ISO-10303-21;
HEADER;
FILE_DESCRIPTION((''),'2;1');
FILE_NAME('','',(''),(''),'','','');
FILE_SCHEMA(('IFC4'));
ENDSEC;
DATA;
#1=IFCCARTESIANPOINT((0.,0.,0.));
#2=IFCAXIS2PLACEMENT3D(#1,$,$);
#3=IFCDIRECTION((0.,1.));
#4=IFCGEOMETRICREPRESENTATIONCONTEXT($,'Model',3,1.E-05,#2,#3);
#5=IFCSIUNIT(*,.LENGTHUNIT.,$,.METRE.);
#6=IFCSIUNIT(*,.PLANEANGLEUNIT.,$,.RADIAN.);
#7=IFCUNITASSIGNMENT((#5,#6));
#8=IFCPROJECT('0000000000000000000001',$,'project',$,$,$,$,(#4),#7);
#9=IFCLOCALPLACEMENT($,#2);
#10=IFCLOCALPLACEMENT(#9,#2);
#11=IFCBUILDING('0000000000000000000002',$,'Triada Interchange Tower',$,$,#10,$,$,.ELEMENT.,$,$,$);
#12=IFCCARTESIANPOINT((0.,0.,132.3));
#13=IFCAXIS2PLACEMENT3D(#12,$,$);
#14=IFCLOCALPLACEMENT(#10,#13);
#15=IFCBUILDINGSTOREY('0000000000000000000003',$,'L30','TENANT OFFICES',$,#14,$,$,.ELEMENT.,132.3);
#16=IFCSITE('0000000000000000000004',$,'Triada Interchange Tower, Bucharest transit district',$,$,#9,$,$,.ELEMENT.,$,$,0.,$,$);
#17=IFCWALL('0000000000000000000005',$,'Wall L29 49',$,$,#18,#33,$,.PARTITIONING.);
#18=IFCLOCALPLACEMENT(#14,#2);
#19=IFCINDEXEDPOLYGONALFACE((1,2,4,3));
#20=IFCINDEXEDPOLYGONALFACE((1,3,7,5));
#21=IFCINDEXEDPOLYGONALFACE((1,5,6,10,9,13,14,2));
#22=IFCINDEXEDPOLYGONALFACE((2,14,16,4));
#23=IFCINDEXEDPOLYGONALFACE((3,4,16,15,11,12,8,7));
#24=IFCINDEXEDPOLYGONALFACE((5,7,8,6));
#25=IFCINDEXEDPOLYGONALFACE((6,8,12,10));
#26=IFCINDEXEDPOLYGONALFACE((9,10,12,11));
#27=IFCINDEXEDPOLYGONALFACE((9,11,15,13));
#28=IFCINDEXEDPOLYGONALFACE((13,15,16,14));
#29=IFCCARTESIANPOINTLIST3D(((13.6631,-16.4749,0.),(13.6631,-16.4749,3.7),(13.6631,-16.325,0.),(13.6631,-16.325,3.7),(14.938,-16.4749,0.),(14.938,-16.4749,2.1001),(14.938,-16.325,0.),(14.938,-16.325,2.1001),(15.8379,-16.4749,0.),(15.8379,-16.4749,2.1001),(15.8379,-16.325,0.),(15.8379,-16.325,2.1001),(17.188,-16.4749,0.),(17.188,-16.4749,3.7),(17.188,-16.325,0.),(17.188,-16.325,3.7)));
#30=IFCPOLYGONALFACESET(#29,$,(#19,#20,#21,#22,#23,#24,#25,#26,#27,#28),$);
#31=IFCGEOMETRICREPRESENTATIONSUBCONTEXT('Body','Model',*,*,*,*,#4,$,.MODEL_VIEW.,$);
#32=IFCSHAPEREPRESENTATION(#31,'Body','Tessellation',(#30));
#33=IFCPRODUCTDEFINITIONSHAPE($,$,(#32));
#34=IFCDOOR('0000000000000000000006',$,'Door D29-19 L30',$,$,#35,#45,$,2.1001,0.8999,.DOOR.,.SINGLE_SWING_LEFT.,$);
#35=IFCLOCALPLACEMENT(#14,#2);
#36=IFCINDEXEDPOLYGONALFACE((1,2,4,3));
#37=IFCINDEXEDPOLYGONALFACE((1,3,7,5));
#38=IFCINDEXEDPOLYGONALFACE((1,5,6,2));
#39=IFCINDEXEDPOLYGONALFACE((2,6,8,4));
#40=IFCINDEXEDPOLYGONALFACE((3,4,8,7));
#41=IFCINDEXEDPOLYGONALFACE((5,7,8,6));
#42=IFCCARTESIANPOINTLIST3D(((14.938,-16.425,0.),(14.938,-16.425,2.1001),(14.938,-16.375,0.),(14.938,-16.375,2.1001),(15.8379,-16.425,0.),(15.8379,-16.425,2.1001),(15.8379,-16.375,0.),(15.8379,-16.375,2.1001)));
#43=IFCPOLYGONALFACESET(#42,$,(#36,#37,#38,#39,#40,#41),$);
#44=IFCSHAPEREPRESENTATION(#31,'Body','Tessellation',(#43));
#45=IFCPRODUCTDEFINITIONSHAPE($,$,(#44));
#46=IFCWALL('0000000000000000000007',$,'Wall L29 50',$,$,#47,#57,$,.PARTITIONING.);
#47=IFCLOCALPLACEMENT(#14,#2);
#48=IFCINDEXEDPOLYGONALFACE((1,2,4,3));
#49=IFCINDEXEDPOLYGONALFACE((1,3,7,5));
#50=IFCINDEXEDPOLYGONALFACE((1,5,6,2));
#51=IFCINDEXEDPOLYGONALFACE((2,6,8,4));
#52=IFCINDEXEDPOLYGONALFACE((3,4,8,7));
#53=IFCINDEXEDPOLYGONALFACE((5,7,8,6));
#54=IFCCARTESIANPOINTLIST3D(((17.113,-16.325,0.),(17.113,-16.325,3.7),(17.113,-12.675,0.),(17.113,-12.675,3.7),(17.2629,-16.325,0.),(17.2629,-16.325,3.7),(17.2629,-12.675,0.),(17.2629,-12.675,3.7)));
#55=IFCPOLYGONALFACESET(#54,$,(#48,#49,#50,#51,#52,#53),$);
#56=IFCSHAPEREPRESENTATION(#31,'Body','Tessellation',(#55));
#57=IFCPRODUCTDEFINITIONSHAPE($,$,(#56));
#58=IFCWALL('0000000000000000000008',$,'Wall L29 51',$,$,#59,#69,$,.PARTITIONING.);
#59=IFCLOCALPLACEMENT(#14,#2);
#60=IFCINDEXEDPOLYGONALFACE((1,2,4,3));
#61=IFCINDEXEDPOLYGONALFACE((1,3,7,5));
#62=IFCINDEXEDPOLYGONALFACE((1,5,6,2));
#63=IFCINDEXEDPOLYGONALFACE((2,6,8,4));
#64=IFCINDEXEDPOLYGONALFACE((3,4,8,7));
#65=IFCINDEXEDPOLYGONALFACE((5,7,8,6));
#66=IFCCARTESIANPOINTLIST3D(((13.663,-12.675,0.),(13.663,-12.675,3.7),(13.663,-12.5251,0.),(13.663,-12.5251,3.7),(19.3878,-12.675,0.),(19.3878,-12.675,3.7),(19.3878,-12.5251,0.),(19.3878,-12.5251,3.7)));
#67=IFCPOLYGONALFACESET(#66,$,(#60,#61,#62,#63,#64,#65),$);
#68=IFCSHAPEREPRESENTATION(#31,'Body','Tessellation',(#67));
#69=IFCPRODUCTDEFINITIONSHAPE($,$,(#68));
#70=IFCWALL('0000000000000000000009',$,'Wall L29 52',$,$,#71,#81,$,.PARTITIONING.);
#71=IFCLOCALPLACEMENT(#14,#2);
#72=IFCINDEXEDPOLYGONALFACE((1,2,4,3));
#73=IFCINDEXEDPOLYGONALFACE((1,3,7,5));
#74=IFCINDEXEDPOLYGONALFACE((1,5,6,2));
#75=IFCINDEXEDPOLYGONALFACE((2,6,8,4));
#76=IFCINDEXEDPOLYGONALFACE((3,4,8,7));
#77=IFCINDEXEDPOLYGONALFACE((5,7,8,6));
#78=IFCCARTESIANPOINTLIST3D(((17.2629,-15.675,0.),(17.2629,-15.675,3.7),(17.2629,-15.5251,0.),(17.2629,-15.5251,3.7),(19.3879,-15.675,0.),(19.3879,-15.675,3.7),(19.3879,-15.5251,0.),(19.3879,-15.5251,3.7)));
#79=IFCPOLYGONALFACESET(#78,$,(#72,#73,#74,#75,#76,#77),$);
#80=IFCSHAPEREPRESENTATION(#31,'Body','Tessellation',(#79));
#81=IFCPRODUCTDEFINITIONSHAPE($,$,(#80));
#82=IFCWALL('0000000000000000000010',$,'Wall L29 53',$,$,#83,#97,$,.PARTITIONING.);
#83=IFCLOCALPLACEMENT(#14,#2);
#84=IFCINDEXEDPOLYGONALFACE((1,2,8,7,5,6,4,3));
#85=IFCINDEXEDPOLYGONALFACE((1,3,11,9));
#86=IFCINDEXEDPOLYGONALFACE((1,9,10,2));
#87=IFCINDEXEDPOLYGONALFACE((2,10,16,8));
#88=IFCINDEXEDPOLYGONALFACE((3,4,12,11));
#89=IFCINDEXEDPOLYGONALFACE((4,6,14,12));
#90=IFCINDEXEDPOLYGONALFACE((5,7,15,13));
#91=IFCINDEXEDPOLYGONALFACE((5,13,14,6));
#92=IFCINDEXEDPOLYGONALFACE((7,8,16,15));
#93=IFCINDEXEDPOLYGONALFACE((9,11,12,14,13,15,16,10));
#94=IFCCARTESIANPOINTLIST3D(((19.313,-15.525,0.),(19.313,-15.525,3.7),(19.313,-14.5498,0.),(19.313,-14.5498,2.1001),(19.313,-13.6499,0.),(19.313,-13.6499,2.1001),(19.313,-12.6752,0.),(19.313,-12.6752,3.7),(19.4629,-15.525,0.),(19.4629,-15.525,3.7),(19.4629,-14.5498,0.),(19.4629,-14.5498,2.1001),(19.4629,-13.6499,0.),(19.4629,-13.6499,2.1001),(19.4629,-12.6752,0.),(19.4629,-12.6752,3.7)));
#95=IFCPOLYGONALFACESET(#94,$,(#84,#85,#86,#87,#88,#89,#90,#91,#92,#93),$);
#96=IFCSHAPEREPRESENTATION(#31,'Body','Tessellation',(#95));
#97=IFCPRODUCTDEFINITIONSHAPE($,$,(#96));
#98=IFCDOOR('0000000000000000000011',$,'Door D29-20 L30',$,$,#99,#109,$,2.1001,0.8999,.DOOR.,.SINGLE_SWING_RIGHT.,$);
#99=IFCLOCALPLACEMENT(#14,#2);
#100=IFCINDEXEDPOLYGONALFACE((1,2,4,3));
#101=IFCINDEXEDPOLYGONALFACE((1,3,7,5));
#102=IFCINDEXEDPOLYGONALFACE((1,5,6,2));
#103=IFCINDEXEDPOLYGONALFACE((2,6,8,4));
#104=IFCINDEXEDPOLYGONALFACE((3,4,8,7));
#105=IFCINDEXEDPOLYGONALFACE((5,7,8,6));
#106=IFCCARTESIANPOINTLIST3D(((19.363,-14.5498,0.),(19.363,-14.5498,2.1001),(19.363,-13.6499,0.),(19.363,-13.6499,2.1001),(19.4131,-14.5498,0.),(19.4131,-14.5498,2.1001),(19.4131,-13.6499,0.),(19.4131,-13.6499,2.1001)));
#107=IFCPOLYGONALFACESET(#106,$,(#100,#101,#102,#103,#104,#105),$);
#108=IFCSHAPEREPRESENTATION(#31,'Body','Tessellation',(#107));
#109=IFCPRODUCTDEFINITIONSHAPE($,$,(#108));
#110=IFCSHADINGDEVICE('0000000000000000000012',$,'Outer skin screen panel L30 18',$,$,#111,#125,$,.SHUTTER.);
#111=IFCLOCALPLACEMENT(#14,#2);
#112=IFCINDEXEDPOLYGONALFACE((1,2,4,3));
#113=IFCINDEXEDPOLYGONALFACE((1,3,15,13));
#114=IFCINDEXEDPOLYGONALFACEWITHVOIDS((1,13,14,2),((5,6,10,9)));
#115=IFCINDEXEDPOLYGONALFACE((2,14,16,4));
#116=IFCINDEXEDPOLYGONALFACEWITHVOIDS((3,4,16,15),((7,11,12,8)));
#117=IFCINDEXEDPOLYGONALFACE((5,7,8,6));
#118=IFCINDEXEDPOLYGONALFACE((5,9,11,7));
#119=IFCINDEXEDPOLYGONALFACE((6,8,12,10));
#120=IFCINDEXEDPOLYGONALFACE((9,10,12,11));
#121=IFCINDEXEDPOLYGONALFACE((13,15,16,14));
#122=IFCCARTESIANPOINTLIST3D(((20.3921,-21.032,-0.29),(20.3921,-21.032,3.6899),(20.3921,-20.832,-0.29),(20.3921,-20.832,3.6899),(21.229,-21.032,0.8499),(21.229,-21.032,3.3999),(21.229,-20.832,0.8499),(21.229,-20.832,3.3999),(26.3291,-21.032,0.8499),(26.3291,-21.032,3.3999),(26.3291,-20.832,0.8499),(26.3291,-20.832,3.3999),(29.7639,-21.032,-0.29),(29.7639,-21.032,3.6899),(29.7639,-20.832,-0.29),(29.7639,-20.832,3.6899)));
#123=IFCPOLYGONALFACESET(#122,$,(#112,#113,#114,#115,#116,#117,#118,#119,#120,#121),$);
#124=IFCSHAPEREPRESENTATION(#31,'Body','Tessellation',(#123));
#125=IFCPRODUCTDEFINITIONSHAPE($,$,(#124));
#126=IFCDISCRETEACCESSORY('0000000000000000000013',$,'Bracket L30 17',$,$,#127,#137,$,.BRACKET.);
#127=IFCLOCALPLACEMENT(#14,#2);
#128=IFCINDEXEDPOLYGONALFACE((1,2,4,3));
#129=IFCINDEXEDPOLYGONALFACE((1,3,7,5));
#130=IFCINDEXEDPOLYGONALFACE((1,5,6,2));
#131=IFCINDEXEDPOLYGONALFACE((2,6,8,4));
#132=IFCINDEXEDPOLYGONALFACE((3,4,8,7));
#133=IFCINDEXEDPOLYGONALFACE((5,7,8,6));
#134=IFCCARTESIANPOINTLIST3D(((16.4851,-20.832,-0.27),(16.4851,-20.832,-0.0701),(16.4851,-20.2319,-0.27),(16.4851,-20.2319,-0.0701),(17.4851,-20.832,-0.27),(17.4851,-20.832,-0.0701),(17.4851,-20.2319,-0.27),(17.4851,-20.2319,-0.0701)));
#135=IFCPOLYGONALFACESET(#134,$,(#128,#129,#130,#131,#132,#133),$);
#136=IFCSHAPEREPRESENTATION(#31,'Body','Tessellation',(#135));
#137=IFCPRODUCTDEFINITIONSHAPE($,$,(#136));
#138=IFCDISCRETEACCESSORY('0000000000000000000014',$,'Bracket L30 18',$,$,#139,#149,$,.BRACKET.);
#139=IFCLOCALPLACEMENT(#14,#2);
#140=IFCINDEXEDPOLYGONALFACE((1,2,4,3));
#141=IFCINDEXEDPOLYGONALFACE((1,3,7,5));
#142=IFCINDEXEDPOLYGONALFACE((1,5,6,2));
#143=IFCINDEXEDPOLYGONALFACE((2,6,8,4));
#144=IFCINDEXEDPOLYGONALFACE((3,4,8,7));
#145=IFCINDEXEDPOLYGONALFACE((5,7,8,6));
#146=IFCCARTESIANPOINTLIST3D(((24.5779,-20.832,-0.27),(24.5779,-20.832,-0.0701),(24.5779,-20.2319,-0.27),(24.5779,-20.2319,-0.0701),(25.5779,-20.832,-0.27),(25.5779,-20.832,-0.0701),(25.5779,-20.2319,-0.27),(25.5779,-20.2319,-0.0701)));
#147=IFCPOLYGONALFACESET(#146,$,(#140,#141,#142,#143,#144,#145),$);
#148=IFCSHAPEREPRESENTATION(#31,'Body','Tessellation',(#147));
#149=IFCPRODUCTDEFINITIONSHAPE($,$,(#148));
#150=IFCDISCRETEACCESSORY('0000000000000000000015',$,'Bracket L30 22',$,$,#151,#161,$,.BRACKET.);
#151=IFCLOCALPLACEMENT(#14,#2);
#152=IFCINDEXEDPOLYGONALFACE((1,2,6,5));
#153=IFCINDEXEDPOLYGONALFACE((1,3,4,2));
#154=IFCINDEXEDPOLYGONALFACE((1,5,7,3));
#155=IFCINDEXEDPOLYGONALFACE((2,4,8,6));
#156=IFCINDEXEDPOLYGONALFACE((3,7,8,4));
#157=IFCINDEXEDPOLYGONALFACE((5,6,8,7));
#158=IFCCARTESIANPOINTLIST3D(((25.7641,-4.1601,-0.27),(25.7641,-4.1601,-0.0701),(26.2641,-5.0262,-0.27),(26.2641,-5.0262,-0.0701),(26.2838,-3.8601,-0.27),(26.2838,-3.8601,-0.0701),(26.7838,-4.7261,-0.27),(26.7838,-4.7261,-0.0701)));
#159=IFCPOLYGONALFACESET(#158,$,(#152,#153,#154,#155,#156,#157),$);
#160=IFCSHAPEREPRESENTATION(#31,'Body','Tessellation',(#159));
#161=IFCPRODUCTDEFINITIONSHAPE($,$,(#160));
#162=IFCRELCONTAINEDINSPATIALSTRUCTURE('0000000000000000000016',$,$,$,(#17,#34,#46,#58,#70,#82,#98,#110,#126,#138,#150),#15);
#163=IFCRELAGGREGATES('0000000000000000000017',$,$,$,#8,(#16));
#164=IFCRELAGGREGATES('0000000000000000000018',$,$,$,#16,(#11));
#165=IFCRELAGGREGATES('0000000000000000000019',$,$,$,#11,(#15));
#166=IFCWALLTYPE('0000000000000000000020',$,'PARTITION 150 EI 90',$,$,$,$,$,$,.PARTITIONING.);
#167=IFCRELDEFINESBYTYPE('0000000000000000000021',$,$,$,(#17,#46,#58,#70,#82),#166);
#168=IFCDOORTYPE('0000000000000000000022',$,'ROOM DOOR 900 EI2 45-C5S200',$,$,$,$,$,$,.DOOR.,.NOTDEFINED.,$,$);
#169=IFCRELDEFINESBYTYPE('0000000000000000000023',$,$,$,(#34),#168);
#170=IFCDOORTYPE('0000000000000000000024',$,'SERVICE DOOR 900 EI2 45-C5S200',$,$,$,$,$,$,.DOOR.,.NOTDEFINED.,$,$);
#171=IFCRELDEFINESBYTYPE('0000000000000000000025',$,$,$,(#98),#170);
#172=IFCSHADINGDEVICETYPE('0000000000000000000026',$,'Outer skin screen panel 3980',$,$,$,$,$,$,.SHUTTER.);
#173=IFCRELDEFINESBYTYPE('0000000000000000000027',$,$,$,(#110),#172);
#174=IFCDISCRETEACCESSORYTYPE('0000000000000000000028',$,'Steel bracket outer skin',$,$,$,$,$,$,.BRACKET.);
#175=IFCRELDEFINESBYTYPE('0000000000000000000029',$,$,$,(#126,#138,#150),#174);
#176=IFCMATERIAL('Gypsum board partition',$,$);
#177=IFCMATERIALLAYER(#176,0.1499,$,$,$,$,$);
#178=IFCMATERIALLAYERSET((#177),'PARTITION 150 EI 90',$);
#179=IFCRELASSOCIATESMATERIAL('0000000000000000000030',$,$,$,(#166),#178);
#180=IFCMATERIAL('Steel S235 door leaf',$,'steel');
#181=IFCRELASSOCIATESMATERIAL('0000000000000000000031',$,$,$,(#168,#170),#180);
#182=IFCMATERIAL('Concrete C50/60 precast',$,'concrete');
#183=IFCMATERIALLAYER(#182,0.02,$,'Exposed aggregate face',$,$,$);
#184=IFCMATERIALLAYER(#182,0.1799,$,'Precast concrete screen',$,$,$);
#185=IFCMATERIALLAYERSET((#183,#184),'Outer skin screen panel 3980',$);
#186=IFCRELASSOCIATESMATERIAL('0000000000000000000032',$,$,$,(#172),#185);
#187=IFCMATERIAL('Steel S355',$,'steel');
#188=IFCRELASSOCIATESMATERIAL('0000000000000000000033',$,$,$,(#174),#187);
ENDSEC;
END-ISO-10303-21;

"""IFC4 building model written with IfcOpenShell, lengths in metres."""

from ifc_helpers import new_model, si_unit, direction, frame, frame_2d, origin, origin_2d, place, context, subcontext, project, spatial, polyline, rectangle, outline, extrude, material, layer, layer_set, type_object, element, fill, save


model = new_model("IFC4")

# Units and contexts
model_context = context("Model", 3, precision=1e-05, world=origin(), true_north=direction((0.0, 1.0)))
body_context = subcontext(model_context, "Body", "Model", "MODEL_VIEW")
ifc_project = project(units=[si_unit("LENGTHUNIT", "METRE"), si_unit("PLANEANGLEUNIT", "RADIAN")], contexts=[model_context])

# Site, building, storey
site_placement = place(None, origin())
site = spatial("IfcSite", under=ifc_project, at=site_placement, Name="Triada Interchange Tower, Bucharest transit district", CompositionType="ELEMENT", RefElevation=0.0)
building_placement = place(site_placement, origin())
building = spatial("IfcBuilding", under=site, at=building_placement, Name="Triada Interchange Tower", CompositionType="ELEMENT")
storey_placement = place(building_placement, frame((0.0, 0.0, 132.3)))
storey = spatial("IfcBuildingStorey", under=building, at=storey_placement, Name="L30", Description="TENANT OFFICES", CompositionType="ELEMENT", Elevation=132.3)

# Shared definitions
ifc_material_1 = material(Name="Gypsum board partition")

# Wall, opening, door
ifc_layer_1 = layer(ifc_material_1, 0.1499)
ifc_layer_set_1 = layer_set([ifc_layer_1], Name="PARTITION 150 EI 90")
wall_type_1 = type_object("IfcWallType", Name="PARTITION 150 EI 90", PredefinedType="PARTITIONING", material=ifc_layer_set_1)
wall_1_placement = place(storey_placement, frame((13.6631, -16.3999, 0.0), z_axis=(0.0, 0.0, 1.0), x_axis=(1.0, 0.0, 0.0)))
wall_1 = element("IfcWall", 1, at=wall_1_placement, inside=storey, type_object=wall_type_1, Name="Wall L29 49", PredefinedType="PARTITIONING", context=body_context, shape_type="SweptSolid", body=[
    extrude(rectangle(XDim=3.5249, YDim=0.1499, at=frame_2d((1.7625, 0.0))), origin(), (0.0, 0.0, 1.0), 3.7),
])
opening_1_placement = place(wall_1_placement, frame((1.2749, 0.0, 0.0)))
opening_1 = element("IfcOpeningElement", 2, at=opening_1_placement, cuts=wall_1, PredefinedType="OPENING", context=body_context, shape_type="SweptSolid", body=[
    extrude(rectangle(XDim=0.8999, YDim=2.1001, at=frame_2d((0.45, 1.05))), frame((0.0, 0.085, 0.0), z_axis=(0.0, -1.0, 0.0), x_axis=(1.0, 0.0, 0.0)), (0.0, 0.0, 1.0), 0.1699),
])
ifc_material_2 = material(Name="Steel S235 door leaf", Category="steel")
door_type_1 = type_object("IfcDoorType", Name="ROOM DOOR 900 EI2 45-C5S200", OperationType="NOTDEFINED", PredefinedType="DOOR", material=ifc_material_2)
door_1_placement = place(opening_1_placement, origin())
door_1 = element("IfcDoor", 3, at=door_1_placement, inside=storey, type_object=door_type_1, Name="Door D29-19 L30", OperationType="SINGLE_SWING_LEFT", OverallHeight=2.1001, OverallWidth=0.8999, PredefinedType="DOOR", context=body_context, shape_type="SweptSolid", body=[
    extrude(rectangle(XDim=0.8999, YDim=2.1001, at=frame_2d((0.45, 1.05))), frame((0.0, 0.0249, 0.0), z_axis=(0.0, -1.0, 0.0), x_axis=(1.0, 0.0, 0.0)), (0.0, 0.0, 1.0), 0.05),
])
fill(opening_1, door_1)

# Walls
wall_2_placement = place(storey_placement, frame((17.188, -16.325, 0.0), z_axis=(0.0, 0.0, 1.0), x_axis=(0.0, 1.0, 0.0)))
element("IfcWall", 4, at=wall_2_placement, inside=storey, type_object=wall_type_1, Name="Wall L29 50", PredefinedType="PARTITIONING", context=body_context, shape_type="SweptSolid", body=[
    extrude(rectangle(XDim=3.6499, YDim=0.1499, at=frame_2d((1.825, 0.0))), origin(), (0.0, 0.0, 1.0), 3.7),
])
wall_3_placement = place(storey_placement, frame((13.6631, -12.6001, 0.0), z_axis=(0.0, 0.0, 1.0), x_axis=(1.0, 0.0, 0.0)))
element("IfcWall", 5, at=wall_3_placement, inside=storey, type_object=wall_type_1, Name="Wall L29 51", PredefinedType="PARTITIONING", context=body_context, shape_type="SweptSolid", body=[
    extrude(rectangle(XDim=5.7249, YDim=0.1499, at=frame_2d((2.8623, 0.0))), origin(), (0.0, 0.0, 1.0), 3.7),
])
wall_4_placement = place(storey_placement, frame((17.2629, -15.6001, 0.0), z_axis=(0.0, 0.0, 1.0), x_axis=(1.0, 0.0, 0.0)))
element("IfcWall", 6, at=wall_4_placement, inside=storey, type_object=wall_type_1, Name="Wall L29 52", PredefinedType="PARTITIONING", context=body_context, shape_type="SweptSolid", body=[
    extrude(rectangle(XDim=2.125, YDim=0.1499, at=frame_2d((1.0625, 0.0))), origin(), (0.0, 0.0, 1.0), 3.7),
])

# Wall, opening, door
wall_5_placement = place(storey_placement, frame((19.3879, -15.5249, 0.0), z_axis=(0.0, 0.0, 1.0), x_axis=(0.0, 1.0, 0.0)))
wall_5 = element("IfcWall", 7, at=wall_5_placement, inside=storey, type_object=wall_type_1, Name="Wall L29 53", PredefinedType="PARTITIONING", context=body_context, shape_type="SweptSolid", body=[
    extrude(rectangle(XDim=2.8499, YDim=0.1499, at=frame_2d((1.4248, 0.0))), origin(), (0.0, 0.0, 1.0), 3.7),
])
opening_2_placement = place(wall_5_placement, frame((0.9751, 0.0, 0.0)))
opening_2 = element("IfcOpeningElement", 8, at=opening_2_placement, cuts=wall_5, PredefinedType="OPENING", context=body_context, shape_type="SweptSolid", body=[
    extrude(rectangle(XDim=0.8999, YDim=2.1001, at=frame_2d((0.45, 1.05))), frame((0.0, 0.085, 0.0), z_axis=(0.0, -1.0, 0.0), x_axis=(1.0, 0.0, 0.0)), (0.0, 0.0, 1.0), 0.1699),
])
door_type_2 = type_object("IfcDoorType", Name="SERVICE DOOR 900 EI2 45-C5S200", OperationType="NOTDEFINED", PredefinedType="DOOR", material=ifc_material_2)
door_2_placement = place(opening_2_placement, origin())
door_2 = element("IfcDoor", 9, at=door_2_placement, inside=storey, type_object=door_type_2, Name="Door D29-20 L30", OperationType="SINGLE_SWING_RIGHT", OverallHeight=2.1001, OverallWidth=0.8999, PredefinedType="DOOR", context=body_context, shape_type="SweptSolid", body=[
    extrude(rectangle(XDim=0.8999, YDim=2.1001, at=frame_2d((0.45, 1.05))), frame((0.0, 0.0249, 0.0), z_axis=(0.0, -1.0, 0.0), x_axis=(1.0, 0.0, 0.0)), (0.0, 0.0, 1.0), 0.05),
])
fill(opening_2, door_2)

# Shading device
ifc_material_3 = material(Name="Concrete C50/60 precast", Category="concrete")
ifc_layer_2 = layer(ifc_material_3, 0.02, Name="Exposed aggregate face")
ifc_layer_3 = layer(ifc_material_3, 0.1799, Name="Precast concrete screen")
ifc_layer_set_2 = layer_set([ifc_layer_2, ifc_layer_3], Name="Outer skin screen panel 3980")
shading_device_type = type_object("IfcShadingDeviceType", Name="Outer skin screen panel 3980", PredefinedType="SHUTTER", material=ifc_layer_set_2)
shading_device_placement = place(storey_placement, frame((20.3921, -20.832, -0.29), z_axis=(0.0, 0.0, 1.0), x_axis=(1.0, 0.0, 0.0)))
element("IfcShadingDevice", 10, at=shading_device_placement, inside=storey, type_object=shading_device_type, Name="Outer skin screen panel L30 18", PredefinedType="SHUTTER", context=body_context, shape_type="SweptSolid", body=[
    extrude(outline(polyline([(0.0, 0.0), (9.3718, 0.0), (9.3718, 3.98), (0.0, 3.98), (0.0, 0.0)]), holes=[polyline([(0.8369, 1.1399), (0.8369, 3.6899), (5.937, 3.6899), (5.937, 1.1399), (0.8369, 1.1399)])]), frame((0.0, 0.0, 0.0), z_axis=(0.0, -1.0, 0.0), x_axis=(1.0, 0.0, 0.0)), (0.0, 0.0, 1.0), 0.2),
])

# Discrete accessories
ifc_material_4 = material(Name="Steel S355", Category="steel")
discrete_accessory_type = type_object("IfcDiscreteAccessoryType", Name="Steel bracket outer skin", PredefinedType="BRACKET", material=ifc_material_4)
for number, where, z_axis, x_axis, name in (
    (11, (16.9851, -20.532, -0.27), (0.0, 0.0, 1.0), (0.0, -1.0, 0.0), "Bracket L30 17"),
    (12, (25.0779, -20.532, -0.27), (0.0, 0.0, 1.0), (0.0, -1.0, 0.0), "Bracket L30 18"),
    (13, (26.2739, -4.4431, -0.27), (0.0, 0.0, 1.0), (0.866023, 0.500004, 0.0), "Bracket L30 22"),
):
    element("IfcDiscreteAccessory", number, at=place(storey_placement, frame(where, z_axis=z_axis, x_axis=x_axis)), inside=storey, type_object=discrete_accessory_type, Name=name, PredefinedType="BRACKET", context=body_context, shape_type="SweptSolid", body=[
        extrude(rectangle(XDim=0.6001, YDim=1.0, at=origin_2d()), origin(), (0.0, 0.0, 1.0), 0.2),
    ])

save(model, "model.ifc")
